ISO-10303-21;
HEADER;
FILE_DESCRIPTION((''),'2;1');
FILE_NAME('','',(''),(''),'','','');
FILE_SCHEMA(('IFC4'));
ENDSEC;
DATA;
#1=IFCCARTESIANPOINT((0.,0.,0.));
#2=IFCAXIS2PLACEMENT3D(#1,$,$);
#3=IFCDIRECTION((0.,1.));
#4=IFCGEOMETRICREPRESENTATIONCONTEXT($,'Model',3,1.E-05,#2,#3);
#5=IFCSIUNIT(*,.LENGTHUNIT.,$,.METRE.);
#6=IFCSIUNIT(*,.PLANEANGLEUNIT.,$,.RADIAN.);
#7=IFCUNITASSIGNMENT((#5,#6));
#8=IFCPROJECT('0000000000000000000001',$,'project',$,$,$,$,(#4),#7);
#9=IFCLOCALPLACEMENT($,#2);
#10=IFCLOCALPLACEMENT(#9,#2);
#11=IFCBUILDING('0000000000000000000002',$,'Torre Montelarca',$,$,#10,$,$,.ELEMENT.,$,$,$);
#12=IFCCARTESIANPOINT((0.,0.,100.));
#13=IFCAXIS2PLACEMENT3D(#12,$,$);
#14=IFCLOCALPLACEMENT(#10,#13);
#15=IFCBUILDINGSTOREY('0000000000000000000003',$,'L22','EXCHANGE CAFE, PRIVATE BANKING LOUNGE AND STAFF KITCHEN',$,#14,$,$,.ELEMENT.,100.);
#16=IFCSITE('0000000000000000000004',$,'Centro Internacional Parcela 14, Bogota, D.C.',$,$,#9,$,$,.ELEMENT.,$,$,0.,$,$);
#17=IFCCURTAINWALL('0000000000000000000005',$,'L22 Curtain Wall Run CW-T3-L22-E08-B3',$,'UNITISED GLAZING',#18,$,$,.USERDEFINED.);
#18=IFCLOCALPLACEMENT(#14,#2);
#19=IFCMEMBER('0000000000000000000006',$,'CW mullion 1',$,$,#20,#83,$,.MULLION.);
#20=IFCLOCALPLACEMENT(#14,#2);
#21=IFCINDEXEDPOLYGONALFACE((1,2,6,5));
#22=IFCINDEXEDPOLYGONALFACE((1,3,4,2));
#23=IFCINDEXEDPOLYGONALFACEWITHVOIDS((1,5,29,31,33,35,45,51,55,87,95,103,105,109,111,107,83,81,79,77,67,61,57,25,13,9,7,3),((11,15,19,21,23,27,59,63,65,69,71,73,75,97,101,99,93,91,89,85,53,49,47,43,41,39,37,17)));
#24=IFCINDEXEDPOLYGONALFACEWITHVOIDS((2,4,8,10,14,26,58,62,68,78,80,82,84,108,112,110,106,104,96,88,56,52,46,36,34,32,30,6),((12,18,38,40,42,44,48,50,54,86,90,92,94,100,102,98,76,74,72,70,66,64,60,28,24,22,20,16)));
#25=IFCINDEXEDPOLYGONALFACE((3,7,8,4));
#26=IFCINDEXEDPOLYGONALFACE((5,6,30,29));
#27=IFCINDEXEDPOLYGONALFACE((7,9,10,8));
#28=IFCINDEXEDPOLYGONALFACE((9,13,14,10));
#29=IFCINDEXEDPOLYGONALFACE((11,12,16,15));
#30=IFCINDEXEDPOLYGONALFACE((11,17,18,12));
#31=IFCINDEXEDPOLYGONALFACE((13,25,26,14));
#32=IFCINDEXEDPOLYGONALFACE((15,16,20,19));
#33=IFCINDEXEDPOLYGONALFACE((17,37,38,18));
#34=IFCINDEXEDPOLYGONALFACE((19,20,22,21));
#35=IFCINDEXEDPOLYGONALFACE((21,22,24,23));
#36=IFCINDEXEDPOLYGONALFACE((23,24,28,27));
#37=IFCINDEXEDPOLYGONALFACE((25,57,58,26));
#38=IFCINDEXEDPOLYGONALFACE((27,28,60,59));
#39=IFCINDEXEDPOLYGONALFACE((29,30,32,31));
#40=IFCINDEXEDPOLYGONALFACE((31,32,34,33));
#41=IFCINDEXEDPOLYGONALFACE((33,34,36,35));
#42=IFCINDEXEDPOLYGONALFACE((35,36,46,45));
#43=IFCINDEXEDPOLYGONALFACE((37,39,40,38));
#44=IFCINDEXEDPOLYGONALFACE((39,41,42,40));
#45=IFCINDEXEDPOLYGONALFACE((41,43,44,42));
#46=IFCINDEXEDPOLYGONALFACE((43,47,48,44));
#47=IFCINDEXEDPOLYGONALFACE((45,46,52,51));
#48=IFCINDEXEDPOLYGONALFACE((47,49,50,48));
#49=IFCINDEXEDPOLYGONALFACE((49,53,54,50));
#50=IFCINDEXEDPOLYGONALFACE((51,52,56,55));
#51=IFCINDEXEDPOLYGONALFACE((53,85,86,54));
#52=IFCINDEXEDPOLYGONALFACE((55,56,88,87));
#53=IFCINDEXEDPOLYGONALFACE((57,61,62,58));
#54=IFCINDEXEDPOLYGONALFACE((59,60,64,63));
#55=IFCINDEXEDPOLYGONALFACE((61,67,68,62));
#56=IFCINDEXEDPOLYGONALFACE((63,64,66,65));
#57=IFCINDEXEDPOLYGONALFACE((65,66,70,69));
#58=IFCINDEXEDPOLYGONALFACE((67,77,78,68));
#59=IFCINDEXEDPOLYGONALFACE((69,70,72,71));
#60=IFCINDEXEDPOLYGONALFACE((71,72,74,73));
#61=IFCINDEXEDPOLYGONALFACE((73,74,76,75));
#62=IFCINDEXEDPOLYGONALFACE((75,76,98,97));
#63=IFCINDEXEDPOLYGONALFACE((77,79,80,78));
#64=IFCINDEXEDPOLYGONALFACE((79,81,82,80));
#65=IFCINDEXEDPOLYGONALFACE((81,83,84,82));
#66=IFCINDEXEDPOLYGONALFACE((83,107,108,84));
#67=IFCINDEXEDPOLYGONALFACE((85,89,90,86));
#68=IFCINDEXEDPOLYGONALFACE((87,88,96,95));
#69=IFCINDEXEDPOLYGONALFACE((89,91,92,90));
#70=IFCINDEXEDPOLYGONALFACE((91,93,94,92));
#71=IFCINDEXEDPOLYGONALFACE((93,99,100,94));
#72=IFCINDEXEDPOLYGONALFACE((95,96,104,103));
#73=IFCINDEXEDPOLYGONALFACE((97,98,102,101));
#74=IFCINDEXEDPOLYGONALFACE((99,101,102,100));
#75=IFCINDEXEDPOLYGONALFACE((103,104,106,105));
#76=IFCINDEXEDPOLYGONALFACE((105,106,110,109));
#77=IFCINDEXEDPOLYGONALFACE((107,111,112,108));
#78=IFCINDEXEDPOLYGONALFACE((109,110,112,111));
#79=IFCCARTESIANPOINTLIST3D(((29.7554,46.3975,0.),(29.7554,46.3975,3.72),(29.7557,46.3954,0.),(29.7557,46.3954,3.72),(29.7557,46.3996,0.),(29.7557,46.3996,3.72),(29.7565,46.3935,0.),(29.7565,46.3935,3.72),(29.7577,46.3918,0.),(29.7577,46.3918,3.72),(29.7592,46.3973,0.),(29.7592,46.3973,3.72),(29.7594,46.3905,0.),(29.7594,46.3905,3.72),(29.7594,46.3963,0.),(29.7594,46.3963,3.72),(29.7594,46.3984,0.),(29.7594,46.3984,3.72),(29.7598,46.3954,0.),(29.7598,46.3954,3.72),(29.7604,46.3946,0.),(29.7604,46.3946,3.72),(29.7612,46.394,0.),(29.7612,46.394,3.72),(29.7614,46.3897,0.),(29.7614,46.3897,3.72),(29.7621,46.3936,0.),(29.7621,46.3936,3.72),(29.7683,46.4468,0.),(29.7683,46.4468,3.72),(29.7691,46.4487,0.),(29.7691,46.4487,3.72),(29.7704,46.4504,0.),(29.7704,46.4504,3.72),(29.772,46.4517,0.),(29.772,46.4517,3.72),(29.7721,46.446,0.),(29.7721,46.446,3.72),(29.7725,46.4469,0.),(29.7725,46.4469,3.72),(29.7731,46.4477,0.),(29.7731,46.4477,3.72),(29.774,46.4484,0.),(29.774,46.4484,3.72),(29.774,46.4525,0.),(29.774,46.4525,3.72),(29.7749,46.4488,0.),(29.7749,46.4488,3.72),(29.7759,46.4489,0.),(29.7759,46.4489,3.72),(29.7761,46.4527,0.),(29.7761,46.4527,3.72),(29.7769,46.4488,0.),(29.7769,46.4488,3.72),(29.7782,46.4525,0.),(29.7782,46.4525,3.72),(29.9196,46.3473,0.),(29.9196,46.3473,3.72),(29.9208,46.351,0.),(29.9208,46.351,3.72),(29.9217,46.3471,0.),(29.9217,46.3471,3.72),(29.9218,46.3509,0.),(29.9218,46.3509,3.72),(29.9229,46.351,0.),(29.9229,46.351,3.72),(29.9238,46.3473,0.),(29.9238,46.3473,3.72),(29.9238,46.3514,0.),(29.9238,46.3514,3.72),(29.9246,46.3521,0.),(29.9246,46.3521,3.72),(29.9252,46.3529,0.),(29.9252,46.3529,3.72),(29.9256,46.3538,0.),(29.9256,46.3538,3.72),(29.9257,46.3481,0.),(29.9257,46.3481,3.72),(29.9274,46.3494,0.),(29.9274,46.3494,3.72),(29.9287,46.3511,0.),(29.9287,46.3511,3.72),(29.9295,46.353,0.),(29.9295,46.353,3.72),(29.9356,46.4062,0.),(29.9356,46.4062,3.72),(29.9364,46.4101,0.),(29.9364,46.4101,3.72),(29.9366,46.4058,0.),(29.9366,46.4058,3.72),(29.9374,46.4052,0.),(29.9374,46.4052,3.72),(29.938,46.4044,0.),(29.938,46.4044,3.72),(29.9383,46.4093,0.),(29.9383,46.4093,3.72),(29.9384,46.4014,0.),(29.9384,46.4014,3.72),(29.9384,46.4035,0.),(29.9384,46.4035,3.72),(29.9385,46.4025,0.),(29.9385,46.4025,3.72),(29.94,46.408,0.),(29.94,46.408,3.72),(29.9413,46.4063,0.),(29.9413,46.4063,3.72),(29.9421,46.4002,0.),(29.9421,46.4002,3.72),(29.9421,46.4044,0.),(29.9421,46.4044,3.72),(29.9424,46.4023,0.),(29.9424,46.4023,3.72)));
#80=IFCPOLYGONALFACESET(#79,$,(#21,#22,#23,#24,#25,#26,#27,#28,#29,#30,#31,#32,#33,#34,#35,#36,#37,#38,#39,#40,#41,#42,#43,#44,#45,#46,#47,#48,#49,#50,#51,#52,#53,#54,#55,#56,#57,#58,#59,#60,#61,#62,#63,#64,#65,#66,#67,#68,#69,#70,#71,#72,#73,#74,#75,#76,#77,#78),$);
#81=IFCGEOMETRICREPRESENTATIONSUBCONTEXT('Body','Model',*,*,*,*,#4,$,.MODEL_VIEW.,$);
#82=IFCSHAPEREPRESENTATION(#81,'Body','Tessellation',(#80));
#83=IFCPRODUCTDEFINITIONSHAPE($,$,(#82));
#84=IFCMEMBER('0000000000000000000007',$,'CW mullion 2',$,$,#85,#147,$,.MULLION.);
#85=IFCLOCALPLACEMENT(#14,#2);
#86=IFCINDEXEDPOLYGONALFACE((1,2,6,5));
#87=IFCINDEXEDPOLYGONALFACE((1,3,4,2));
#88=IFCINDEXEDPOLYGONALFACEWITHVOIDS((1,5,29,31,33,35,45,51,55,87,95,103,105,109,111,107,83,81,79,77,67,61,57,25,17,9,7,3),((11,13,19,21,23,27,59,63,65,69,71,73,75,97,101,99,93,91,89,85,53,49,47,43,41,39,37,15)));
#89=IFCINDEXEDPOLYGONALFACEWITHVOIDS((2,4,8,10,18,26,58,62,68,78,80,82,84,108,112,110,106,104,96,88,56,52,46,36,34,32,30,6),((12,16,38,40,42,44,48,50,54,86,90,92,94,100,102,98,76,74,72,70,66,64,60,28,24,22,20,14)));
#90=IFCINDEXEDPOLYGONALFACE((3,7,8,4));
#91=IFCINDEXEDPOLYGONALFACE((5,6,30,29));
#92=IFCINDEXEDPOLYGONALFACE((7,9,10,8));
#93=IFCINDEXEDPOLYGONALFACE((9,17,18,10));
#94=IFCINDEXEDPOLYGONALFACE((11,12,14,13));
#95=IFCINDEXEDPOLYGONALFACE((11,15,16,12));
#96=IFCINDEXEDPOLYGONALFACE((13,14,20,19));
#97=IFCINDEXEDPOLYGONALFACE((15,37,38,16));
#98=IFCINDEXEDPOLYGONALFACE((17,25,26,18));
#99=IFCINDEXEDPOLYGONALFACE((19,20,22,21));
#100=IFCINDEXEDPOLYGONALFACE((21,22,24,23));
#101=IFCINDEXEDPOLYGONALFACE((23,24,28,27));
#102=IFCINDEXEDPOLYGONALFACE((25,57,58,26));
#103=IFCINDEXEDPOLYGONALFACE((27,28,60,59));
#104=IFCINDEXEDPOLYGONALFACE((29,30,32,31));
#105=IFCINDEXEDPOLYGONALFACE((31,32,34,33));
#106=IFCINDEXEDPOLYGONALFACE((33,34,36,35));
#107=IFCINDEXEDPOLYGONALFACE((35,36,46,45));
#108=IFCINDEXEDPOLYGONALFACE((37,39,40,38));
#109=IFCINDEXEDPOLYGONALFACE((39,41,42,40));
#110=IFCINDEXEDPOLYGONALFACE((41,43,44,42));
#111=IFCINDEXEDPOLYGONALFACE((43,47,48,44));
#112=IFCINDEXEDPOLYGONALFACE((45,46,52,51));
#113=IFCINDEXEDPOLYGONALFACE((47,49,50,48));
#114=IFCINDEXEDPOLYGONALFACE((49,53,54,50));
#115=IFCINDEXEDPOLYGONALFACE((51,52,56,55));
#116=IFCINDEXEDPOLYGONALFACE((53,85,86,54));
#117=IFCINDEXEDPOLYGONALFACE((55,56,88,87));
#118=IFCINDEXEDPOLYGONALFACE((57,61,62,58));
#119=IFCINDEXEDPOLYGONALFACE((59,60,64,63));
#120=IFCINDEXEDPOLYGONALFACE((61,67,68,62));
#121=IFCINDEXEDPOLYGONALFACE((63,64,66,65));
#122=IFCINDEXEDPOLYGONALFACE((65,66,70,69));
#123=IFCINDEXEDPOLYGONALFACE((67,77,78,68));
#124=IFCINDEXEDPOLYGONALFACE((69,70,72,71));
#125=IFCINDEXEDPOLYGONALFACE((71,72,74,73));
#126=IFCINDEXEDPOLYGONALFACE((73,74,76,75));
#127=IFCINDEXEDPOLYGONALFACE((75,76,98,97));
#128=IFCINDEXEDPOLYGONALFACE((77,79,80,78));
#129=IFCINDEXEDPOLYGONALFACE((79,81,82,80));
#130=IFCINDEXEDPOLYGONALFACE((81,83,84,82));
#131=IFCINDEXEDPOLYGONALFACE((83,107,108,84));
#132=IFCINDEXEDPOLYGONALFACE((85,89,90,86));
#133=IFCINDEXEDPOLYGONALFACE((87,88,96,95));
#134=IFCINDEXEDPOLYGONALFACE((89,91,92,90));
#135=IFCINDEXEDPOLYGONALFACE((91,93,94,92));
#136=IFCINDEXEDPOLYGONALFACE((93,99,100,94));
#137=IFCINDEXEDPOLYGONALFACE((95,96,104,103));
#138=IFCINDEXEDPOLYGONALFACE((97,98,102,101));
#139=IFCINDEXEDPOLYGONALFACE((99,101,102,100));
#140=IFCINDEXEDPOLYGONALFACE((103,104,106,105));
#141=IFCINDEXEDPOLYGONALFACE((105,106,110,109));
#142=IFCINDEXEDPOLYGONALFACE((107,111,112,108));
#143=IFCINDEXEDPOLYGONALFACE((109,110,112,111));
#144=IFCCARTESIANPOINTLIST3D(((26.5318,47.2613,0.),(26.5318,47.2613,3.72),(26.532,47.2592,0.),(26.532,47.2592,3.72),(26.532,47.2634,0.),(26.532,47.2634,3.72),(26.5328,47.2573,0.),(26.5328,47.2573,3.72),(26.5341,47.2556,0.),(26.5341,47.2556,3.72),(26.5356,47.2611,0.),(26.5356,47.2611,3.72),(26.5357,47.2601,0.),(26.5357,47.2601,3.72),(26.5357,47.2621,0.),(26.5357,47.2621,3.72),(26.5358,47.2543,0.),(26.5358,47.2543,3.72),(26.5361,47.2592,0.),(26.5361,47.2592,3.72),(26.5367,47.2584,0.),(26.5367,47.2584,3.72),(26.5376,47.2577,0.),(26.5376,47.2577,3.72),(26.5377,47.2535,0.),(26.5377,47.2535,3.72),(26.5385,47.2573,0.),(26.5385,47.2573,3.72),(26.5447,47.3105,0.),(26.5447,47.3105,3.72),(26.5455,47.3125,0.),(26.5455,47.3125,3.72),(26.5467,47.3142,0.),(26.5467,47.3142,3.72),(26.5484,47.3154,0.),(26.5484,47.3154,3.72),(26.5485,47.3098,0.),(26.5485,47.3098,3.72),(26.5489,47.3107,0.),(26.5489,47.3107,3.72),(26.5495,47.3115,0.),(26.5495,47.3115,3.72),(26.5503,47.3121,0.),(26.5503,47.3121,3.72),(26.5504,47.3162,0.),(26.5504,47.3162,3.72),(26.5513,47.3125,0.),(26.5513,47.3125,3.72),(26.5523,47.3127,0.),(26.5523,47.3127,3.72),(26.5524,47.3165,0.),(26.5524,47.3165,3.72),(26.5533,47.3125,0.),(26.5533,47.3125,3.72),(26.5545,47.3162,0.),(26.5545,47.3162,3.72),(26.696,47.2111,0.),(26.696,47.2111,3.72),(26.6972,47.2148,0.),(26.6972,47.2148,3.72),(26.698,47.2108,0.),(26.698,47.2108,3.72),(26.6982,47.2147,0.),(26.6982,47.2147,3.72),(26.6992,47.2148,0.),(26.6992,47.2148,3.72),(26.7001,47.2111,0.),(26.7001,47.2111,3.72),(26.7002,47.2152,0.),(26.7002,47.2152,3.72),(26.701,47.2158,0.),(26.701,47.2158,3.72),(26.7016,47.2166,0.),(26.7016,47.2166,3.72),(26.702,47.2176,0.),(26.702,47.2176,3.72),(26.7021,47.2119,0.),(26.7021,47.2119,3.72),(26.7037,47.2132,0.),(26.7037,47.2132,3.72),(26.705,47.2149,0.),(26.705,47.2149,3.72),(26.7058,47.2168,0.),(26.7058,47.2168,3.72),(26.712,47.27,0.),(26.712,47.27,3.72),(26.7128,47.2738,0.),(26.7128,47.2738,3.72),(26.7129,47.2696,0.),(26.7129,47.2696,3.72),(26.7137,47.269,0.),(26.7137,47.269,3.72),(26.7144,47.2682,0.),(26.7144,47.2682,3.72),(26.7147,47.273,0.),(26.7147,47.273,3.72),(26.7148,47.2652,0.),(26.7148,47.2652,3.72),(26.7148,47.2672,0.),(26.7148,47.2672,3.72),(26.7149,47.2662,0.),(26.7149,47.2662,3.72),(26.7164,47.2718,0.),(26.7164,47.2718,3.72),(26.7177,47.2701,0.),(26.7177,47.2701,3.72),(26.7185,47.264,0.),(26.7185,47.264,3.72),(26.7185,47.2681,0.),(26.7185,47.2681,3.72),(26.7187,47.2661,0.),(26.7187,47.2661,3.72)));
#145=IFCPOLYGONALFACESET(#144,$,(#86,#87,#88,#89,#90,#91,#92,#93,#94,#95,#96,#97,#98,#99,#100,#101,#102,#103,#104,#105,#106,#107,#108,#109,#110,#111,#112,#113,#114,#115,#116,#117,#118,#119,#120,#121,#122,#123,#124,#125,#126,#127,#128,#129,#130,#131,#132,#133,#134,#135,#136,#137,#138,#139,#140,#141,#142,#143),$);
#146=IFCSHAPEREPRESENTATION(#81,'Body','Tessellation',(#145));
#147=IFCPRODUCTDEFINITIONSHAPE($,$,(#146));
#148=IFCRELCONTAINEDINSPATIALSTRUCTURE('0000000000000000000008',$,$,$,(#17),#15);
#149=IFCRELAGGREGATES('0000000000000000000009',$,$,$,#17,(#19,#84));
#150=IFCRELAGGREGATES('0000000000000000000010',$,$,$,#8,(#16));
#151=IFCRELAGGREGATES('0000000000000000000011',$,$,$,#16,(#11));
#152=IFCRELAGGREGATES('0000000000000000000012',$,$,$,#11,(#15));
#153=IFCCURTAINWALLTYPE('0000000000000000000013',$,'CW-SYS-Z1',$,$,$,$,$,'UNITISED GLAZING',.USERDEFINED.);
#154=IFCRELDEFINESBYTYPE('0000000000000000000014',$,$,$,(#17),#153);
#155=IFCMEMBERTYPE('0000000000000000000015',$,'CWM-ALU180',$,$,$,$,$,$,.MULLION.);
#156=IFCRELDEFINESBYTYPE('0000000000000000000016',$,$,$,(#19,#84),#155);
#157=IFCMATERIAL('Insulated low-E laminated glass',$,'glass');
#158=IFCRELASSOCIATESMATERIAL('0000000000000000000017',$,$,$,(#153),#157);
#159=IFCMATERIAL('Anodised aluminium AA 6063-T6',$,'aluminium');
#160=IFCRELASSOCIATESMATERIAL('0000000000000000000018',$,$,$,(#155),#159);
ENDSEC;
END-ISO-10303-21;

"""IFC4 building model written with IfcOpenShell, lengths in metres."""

from ifc_helpers import new_model, si_unit, direction, frame, origin, origin_2d, place, context, subcontext, project, spatial, hollow_rectangle, extrude, source, transform, mapped, material, material_profile, profile_set, type_object, element, aggregate, save


model = new_model("IFC4")

# Units and contexts
model_context = context("Model", 3, precision=1e-05, world=origin(), true_north=direction((0.0, 1.0)))
body_context = subcontext(model_context, "Body", "Model", "MODEL_VIEW")
ifc_project = project(units=[si_unit("LENGTHUNIT", "METRE"), si_unit("PLANEANGLEUNIT", "RADIAN")], contexts=[model_context])

# Site, building, storey
site_placement = place(None, origin())
site = spatial("IfcSite", under=ifc_project, at=site_placement, Name="Centro Internacional Parcela 14, Bogota, D.C.", CompositionType="ELEMENT", RefElevation=0.0)
building_placement = place(site_placement, origin())
building = spatial("IfcBuilding", under=site, at=building_placement, Name="Torre Montelarca", CompositionType="ELEMENT")
storey_placement = place(building_placement, frame((0.0, 0.0, 100.0)))
storey = spatial("IfcBuildingStorey", under=building, at=storey_placement, Name="L22", Description="EXCHANGE CAFE, PRIVATE BANKING LOUNGE AND STAFF KITCHEN", CompositionType="ELEMENT", Elevation=100.0)

# Curtain wall
ifc_material_1 = material(Name="Insulated low-E laminated glass", Category="glass")
curtain_wall_type = type_object("IfcCurtainWallType", Name="CW-SYS-Z1", ElementType="UNITISED GLAZING", PredefinedType="USERDEFINED", material=ifc_material_1)
ifc_material_2 = material(Name="Anodised aluminium AA 6063-T6", Category="aluminium")
curtain_wall_1_placement = place(storey_placement, origin())
curtain_wall_1 = element("IfcCurtainWall", 1, at=curtain_wall_1_placement, inside=storey, type_object=curtain_wall_type, Name="L22 Curtain Wall Run CW-T3-L22-E08-B3", ObjectType="UNITISED GLAZING", PredefinedType="USERDEFINED")

# Members
ifc_material_profile_1 = material_profile(ifc_material_2, hollow_rectangle(XDim=0.0649, YDim=0.1799, WallThickness=0.0039, InnerFilletRadius=0.0039, OuterFilletRadius=0.0081, at=origin_2d()), Name="ALU65X180X4", Category="aluminium")
ifc_profile_set_1 = profile_set([ifc_material_profile_1], Name="Anodised aluminium AA 6063-T6")
member_type_1 = type_object("IfcMemberType", Name="CWM-ALU180", PredefinedType="MULLION", material=ifc_profile_set_1)
shared_shape_1 = source(origin(), body_context, "Body", "SweptSolid", [
    extrude(hollow_rectangle(XDim=0.0649, YDim=0.1799, WallThickness=0.0039, InnerFilletRadius=0.0039, OuterFilletRadius=0.0081, at=origin_2d()), origin(), (0.0, 0.0, 1.0), 3.72),
])
member_1_placement = place(storey_placement, frame((29.8489, 46.3999, 0.0), z_axis=(0.0, 0.0, 1.0), x_axis=(-0.258829, -0.965923, 0.0)))
member_1 = element("IfcMember", 2, at=member_1_placement, type_object=member_type_1, Name="CW mullion 1", PredefinedType="MULLION", context=body_context, shape_type="MappedRepresentation", body=[
    mapped(shared_shape_1, transform((0.0, 0.0, 0.0), scale=1.0)),
])
member_2_placement = place(storey_placement, frame((26.6252, 47.2637, 0.0), z_axis=(0.0, 0.0, 1.0), x_axis=(-0.258829, -0.965923, 0.0)))
member_2 = element("IfcMember", 3, at=member_2_placement, type_object=member_type_1, Name="CW mullion 2", PredefinedType="MULLION", context=body_context, shape_type="MappedRepresentation", body=[
    mapped(shared_shape_1, transform((0.0, 0.0, 0.0), scale=1.0)),
])

aggregate(curtain_wall_1, [member_1, member_2])

save(model, "model.ifc")
